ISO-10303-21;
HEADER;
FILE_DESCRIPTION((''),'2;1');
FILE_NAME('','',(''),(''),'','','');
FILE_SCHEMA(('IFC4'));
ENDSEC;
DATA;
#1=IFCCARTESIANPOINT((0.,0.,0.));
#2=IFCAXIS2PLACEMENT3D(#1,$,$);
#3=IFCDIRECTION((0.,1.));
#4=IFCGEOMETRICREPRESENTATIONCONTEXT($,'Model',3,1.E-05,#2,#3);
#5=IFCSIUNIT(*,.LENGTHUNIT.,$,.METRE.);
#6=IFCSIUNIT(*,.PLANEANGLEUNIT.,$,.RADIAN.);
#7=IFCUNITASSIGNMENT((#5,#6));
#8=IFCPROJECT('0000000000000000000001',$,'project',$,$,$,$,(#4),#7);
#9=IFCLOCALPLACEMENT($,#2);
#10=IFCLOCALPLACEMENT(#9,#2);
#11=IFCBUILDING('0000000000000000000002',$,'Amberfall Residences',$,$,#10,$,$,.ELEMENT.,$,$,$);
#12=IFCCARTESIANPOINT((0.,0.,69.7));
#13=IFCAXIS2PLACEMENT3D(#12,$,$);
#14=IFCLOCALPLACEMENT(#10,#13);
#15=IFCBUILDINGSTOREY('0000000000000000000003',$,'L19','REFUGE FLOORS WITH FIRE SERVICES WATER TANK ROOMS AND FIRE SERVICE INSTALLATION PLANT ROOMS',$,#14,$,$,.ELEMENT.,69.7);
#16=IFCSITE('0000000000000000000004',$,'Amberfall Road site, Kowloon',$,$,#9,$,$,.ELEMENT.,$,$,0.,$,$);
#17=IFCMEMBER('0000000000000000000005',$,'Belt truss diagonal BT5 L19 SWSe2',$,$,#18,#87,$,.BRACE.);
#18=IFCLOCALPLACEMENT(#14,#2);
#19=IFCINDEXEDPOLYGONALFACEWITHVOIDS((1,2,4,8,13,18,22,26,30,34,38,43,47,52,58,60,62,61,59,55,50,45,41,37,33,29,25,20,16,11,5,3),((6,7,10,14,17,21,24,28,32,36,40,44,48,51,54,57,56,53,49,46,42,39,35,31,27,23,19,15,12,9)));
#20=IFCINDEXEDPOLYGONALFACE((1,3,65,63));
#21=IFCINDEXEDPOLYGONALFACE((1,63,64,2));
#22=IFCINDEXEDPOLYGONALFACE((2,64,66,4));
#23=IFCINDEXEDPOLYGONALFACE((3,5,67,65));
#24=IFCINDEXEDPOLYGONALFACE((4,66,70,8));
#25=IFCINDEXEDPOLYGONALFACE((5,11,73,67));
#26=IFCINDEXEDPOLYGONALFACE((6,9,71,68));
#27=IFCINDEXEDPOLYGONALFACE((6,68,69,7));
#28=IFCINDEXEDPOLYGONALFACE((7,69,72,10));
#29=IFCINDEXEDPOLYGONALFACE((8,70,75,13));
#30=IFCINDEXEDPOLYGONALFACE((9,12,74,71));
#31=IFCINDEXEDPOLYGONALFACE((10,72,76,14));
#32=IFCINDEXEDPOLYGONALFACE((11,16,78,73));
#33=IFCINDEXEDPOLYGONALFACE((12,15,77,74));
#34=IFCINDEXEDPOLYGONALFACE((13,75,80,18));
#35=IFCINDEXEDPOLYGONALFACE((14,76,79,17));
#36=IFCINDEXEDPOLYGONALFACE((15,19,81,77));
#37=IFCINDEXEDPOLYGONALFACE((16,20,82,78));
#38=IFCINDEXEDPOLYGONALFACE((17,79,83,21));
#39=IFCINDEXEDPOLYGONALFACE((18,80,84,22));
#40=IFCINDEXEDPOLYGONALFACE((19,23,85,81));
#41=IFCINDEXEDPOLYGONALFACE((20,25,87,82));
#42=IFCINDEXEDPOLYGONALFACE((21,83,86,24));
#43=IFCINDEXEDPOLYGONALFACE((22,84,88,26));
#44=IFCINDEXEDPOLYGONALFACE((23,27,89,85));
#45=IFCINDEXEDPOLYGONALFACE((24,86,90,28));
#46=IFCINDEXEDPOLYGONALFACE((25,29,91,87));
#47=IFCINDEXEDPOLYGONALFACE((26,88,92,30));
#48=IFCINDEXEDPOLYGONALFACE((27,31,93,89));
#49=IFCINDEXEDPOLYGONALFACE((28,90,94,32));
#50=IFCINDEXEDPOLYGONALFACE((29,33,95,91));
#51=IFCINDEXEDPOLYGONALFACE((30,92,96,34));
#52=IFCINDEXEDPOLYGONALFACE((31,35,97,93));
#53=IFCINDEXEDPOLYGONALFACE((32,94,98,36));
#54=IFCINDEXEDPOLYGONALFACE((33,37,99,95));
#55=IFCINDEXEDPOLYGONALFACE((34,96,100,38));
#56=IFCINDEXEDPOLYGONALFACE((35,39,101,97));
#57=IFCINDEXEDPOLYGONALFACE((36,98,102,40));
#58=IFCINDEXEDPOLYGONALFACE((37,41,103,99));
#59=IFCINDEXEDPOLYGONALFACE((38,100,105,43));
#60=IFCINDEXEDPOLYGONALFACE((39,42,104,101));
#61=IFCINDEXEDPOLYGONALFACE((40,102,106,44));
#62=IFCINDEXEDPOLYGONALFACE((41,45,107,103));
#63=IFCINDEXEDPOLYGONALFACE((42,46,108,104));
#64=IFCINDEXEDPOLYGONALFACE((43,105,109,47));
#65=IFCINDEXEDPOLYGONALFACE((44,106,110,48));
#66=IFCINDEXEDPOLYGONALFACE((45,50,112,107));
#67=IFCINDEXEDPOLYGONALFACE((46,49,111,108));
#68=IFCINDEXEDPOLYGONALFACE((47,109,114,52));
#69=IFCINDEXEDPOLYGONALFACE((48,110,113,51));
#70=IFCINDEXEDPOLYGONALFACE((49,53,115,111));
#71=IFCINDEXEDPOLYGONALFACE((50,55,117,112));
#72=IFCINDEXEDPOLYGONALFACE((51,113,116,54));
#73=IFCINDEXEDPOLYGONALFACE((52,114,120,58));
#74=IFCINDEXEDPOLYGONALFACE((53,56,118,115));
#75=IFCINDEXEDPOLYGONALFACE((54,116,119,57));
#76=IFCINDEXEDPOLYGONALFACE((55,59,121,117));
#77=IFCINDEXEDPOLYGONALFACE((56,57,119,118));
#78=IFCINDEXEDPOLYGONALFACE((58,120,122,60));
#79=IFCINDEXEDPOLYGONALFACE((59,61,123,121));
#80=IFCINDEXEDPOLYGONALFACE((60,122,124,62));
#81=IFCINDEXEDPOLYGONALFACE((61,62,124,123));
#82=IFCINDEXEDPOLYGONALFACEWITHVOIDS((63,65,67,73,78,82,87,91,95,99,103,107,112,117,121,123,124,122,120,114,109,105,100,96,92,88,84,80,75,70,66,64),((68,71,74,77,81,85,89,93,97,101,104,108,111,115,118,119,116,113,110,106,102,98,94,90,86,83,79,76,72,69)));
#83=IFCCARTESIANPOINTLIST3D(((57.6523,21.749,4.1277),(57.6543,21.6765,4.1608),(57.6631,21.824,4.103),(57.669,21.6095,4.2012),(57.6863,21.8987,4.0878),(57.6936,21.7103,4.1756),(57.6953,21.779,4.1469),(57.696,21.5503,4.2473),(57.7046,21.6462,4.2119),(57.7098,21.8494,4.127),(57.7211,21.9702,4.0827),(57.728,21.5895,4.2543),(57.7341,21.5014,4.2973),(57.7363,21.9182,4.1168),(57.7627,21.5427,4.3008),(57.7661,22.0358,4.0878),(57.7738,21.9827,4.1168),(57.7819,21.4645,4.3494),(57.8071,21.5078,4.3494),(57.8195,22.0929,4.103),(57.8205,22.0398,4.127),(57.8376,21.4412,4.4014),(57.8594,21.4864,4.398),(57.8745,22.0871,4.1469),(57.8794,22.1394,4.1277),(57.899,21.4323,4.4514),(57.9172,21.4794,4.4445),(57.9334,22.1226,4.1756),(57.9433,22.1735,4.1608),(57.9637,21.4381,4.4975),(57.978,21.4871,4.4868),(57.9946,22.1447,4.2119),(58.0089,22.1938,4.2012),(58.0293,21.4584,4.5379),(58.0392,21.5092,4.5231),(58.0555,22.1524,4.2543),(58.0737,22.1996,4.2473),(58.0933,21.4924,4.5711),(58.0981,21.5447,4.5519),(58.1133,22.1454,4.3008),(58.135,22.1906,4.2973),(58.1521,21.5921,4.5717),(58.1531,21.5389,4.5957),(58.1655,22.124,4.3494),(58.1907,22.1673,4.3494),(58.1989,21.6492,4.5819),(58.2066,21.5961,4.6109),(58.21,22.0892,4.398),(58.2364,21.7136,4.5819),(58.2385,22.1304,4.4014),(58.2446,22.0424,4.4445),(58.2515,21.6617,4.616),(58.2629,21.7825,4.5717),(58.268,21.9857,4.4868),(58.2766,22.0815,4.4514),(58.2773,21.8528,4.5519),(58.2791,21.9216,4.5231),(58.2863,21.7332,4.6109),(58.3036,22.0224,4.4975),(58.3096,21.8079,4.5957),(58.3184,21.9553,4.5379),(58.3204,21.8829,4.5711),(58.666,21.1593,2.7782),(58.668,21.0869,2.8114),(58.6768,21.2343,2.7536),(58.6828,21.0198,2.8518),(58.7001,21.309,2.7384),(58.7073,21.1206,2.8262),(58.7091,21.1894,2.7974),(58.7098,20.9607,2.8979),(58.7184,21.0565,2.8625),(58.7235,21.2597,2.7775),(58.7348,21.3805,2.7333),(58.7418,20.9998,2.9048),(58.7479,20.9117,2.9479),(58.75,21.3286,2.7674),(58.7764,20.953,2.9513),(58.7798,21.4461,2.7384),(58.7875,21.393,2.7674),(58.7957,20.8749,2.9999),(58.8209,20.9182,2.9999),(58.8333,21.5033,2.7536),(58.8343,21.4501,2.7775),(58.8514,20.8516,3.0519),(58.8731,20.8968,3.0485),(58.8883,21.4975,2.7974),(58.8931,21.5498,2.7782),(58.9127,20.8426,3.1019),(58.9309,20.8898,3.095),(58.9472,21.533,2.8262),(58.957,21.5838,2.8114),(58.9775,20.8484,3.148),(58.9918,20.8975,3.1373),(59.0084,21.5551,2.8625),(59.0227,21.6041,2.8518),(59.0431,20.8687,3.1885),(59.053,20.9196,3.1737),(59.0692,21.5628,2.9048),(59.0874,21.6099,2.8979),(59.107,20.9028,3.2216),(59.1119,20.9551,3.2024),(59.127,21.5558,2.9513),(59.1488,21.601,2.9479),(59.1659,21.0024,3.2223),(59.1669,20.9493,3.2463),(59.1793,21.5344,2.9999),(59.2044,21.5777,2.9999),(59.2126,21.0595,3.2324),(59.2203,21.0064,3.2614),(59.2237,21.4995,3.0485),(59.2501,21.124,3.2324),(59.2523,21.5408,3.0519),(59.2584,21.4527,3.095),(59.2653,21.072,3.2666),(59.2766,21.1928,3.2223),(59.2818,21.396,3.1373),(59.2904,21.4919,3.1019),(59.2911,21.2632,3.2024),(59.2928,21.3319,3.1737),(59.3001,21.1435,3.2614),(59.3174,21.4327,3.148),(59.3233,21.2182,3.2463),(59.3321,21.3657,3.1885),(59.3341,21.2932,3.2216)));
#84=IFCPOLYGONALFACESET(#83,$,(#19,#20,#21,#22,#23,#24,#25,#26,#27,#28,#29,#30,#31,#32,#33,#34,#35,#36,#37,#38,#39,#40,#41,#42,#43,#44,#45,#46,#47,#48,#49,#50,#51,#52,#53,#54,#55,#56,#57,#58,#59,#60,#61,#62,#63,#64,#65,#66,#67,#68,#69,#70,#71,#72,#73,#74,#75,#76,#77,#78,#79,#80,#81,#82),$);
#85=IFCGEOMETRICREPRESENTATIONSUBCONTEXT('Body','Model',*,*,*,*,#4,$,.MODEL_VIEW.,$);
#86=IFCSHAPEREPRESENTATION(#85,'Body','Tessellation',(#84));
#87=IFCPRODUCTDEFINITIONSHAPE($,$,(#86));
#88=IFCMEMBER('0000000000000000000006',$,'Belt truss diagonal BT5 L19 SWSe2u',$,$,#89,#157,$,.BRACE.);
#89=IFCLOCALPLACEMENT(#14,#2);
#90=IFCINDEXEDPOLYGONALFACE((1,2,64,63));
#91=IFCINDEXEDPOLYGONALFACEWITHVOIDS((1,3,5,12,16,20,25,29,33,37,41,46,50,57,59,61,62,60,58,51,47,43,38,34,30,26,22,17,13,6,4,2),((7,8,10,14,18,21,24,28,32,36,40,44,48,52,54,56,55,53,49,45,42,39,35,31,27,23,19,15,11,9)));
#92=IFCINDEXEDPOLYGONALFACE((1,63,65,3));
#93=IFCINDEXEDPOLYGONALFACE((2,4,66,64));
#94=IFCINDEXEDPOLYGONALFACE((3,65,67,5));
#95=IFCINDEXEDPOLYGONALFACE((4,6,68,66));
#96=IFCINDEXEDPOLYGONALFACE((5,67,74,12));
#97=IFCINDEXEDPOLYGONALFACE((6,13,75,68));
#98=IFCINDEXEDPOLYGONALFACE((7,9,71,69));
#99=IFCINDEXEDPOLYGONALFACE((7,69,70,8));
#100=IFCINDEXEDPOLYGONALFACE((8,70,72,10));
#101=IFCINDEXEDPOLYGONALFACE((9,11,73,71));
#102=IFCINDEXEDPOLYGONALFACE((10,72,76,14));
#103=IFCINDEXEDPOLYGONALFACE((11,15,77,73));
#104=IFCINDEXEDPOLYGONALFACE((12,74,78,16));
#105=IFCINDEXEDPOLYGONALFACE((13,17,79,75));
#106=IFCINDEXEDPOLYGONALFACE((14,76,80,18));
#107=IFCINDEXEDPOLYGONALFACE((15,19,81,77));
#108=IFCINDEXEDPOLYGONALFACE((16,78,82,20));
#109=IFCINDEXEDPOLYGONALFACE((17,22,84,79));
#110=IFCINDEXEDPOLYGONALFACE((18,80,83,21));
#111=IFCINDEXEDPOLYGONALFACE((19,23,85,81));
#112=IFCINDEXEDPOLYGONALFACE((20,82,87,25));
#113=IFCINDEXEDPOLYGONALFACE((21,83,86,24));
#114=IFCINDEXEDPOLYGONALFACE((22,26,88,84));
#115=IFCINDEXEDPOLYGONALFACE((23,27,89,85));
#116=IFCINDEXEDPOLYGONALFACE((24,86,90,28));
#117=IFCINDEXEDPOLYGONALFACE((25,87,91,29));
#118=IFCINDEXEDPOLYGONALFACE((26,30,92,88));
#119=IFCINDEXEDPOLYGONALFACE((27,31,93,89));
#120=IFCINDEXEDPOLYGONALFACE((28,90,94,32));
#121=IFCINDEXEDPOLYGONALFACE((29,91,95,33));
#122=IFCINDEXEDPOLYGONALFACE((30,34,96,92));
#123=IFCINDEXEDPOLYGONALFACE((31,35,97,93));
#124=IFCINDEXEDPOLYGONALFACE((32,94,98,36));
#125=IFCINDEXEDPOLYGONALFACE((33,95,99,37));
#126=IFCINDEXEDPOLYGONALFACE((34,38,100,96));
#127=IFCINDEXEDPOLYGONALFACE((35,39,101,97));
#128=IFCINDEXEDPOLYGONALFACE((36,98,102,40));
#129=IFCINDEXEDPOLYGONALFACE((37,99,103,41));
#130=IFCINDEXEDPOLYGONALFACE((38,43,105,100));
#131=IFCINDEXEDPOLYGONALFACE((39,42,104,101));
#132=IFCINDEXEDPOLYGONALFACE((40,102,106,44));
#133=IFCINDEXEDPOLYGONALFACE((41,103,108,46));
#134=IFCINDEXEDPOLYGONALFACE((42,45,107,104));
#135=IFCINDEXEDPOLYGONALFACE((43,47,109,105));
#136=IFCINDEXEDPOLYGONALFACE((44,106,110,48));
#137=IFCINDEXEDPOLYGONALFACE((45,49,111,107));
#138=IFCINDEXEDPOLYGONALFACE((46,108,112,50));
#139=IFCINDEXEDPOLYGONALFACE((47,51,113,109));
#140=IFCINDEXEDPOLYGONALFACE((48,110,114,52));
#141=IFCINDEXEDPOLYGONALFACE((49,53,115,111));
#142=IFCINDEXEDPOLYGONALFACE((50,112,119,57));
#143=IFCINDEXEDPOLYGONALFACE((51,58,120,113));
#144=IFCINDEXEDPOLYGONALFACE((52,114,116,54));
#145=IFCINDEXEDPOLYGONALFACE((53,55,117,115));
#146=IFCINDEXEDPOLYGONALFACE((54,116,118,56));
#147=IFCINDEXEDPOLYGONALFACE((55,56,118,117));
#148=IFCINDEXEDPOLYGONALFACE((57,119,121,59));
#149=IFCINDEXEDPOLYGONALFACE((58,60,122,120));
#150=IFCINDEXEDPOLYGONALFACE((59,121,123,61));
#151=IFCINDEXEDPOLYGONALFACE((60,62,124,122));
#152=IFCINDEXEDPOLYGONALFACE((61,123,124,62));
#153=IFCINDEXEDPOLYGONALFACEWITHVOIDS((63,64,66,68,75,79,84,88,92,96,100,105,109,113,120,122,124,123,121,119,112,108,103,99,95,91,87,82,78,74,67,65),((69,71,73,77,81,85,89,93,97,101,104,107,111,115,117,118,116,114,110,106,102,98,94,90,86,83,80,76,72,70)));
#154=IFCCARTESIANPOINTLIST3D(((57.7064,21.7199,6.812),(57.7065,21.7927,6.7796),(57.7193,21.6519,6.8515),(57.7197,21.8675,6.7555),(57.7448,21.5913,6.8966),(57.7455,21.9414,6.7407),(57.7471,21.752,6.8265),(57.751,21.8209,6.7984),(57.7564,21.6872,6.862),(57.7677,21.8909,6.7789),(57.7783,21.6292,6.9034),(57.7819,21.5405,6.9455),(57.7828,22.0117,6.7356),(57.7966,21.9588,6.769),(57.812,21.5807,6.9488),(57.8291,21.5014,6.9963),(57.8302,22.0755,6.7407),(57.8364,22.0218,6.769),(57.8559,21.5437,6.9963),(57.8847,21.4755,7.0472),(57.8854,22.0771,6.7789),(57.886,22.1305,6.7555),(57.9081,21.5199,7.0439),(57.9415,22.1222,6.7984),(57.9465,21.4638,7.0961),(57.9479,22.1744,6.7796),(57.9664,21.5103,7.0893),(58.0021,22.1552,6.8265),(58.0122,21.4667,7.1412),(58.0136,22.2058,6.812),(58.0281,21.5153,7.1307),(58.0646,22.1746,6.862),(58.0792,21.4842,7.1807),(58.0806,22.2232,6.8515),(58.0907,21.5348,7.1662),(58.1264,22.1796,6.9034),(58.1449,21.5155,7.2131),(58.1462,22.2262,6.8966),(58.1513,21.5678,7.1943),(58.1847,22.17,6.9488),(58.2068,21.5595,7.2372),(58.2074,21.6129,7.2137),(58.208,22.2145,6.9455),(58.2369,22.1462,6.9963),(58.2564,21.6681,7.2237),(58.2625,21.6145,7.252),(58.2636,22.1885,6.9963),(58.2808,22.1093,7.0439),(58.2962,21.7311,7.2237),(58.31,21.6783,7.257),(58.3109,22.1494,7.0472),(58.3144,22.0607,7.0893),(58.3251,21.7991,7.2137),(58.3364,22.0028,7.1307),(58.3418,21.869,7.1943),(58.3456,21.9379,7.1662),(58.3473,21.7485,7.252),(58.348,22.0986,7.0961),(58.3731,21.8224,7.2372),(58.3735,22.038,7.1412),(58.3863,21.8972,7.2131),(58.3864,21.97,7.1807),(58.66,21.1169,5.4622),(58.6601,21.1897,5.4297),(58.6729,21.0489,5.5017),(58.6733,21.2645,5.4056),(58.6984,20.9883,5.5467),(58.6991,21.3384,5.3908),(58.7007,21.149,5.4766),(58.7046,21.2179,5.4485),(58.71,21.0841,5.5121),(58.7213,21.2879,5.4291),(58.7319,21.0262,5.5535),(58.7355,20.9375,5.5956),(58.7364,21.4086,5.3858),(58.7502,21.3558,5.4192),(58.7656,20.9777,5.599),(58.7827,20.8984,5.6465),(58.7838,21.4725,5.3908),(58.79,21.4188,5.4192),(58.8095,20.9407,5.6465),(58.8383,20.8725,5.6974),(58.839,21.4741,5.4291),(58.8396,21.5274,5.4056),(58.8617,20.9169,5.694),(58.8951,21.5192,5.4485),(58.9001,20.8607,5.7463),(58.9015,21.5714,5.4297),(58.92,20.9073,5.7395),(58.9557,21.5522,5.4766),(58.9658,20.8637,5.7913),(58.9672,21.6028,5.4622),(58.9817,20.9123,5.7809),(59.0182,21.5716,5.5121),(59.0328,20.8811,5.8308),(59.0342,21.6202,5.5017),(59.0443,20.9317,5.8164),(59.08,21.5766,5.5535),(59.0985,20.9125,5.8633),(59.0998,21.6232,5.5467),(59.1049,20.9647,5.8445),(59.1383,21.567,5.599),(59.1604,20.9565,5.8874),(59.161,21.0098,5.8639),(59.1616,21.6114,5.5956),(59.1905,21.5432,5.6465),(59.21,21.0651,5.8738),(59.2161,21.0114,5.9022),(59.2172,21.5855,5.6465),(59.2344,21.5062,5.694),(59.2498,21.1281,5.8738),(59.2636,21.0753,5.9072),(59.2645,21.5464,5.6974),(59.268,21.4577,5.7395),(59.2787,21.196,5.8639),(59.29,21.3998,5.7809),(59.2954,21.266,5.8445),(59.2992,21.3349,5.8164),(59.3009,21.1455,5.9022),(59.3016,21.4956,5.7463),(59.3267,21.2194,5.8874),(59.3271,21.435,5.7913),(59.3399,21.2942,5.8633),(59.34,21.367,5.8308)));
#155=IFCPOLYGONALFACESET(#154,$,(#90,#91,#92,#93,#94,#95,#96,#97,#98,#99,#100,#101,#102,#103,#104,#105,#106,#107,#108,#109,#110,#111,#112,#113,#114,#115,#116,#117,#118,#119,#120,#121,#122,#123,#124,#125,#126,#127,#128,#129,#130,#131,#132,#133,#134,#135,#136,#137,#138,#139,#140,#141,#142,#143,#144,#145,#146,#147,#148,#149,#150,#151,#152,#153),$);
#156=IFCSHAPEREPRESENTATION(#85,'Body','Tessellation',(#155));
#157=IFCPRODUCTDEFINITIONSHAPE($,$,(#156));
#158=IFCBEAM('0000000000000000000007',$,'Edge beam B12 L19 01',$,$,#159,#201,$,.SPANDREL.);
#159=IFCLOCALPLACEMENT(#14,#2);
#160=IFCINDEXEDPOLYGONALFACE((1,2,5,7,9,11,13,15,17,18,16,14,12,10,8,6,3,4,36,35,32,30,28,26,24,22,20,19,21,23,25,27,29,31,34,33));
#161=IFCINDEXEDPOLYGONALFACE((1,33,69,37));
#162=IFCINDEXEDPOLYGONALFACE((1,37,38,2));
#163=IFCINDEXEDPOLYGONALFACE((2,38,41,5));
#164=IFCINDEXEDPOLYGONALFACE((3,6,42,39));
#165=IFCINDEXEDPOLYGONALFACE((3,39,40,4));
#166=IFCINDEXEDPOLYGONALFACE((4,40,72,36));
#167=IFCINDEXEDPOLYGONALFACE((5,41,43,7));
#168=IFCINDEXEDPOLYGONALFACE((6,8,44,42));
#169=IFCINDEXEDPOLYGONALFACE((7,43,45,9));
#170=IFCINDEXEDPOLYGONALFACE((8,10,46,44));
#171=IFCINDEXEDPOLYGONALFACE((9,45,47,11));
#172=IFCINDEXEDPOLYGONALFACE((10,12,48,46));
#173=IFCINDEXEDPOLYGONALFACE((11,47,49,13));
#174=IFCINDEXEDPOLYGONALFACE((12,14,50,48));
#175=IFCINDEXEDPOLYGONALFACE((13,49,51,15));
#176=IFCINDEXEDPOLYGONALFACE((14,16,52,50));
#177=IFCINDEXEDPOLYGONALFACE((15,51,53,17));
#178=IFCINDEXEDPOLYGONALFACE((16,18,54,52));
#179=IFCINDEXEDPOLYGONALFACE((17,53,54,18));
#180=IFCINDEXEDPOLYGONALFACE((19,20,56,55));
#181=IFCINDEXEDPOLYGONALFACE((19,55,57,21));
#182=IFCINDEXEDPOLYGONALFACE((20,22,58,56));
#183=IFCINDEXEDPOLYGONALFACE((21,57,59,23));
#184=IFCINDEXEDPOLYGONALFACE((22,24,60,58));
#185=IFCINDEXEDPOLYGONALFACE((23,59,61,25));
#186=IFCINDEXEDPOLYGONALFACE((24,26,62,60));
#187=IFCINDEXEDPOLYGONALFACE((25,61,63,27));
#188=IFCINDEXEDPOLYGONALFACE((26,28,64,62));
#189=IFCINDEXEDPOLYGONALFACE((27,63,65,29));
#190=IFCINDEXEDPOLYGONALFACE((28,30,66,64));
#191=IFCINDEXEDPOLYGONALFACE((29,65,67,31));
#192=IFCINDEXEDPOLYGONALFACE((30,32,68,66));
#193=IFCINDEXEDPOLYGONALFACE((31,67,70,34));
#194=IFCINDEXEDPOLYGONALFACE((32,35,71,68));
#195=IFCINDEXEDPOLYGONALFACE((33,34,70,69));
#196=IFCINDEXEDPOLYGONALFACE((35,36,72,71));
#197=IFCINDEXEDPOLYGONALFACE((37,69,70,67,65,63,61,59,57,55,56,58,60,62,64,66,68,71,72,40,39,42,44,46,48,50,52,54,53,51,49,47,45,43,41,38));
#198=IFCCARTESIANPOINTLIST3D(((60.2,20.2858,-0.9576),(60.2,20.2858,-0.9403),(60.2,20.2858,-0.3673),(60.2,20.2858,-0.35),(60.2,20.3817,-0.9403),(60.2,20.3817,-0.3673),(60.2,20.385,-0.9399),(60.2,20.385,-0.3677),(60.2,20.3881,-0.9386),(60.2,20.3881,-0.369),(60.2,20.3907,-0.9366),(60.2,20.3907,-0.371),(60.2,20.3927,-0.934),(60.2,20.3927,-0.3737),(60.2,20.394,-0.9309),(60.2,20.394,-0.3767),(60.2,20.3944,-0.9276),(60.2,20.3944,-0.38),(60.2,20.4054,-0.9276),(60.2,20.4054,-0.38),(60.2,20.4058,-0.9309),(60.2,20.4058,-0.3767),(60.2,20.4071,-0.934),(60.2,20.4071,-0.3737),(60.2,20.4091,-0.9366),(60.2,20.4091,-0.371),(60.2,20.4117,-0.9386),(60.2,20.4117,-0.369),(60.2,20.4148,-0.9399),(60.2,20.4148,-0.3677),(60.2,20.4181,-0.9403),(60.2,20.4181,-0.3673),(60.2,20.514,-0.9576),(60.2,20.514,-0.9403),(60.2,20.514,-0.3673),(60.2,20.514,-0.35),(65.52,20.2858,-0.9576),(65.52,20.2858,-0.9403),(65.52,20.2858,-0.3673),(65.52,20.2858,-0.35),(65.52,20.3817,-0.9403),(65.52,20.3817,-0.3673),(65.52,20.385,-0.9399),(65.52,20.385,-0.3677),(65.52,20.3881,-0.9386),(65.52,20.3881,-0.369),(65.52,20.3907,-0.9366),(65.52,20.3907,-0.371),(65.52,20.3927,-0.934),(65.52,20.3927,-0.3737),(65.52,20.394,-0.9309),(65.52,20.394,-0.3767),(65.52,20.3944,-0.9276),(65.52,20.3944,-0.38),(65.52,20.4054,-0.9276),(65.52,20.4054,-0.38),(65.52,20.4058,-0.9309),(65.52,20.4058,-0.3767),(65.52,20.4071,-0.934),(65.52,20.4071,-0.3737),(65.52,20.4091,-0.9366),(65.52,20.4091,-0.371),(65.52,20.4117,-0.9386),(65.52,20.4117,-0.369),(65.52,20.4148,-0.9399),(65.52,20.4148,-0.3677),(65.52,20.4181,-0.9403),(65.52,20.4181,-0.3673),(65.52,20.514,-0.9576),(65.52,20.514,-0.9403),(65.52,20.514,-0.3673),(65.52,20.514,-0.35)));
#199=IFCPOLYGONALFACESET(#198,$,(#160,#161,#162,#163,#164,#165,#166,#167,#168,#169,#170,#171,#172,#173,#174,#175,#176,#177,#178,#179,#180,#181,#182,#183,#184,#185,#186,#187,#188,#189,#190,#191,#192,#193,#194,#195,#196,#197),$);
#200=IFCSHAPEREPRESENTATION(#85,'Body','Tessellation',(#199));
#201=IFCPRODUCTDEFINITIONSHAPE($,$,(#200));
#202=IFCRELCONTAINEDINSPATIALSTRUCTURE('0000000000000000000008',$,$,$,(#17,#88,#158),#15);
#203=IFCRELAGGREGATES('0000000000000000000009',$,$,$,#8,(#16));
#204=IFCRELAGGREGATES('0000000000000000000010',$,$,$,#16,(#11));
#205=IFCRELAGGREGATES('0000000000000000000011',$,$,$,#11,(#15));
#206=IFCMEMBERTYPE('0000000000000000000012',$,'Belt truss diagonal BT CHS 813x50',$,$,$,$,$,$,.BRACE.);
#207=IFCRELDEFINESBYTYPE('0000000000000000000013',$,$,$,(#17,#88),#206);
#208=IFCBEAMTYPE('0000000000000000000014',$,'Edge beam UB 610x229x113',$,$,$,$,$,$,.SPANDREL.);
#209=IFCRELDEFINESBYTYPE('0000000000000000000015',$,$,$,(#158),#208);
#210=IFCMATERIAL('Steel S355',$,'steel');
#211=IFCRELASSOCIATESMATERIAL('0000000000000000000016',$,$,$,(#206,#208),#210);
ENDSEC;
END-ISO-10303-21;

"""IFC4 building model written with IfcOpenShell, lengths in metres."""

from ifc_helpers import new_model, si_unit, direction, frame, origin, origin_2d, place, context, subcontext, project, spatial, hollow_circle, i_section, extrude, material, material_profile, profile_set, type_object, element, save


model = new_model("IFC4")

# Units and contexts
model_context = context("Model", 3, precision=1e-05, world=origin(), true_north=direction((0.0, 1.0)))
body_context = subcontext(model_context, "Body", "Model", "MODEL_VIEW")
ifc_project = project(units=[si_unit("LENGTHUNIT", "METRE"), si_unit("PLANEANGLEUNIT", "RADIAN")], contexts=[model_context])

# Site, building, storey
site_placement = place(None, origin())
site = spatial("IfcSite", under=ifc_project, at=site_placement, Name="Amberfall Road site, Kowloon", CompositionType="ELEMENT", RefElevation=0.0)
building_placement = place(site_placement, origin())
building = spatial("IfcBuilding", under=site, at=building_placement, Name="Amberfall Residences", CompositionType="ELEMENT")
storey_placement = place(building_placement, frame((0.0, 0.0, 69.7)))
storey = spatial("IfcBuildingStorey", under=building, at=storey_placement, Name="L19", Description="REFUGE FLOORS WITH FIRE SERVICES WATER TANK ROOMS AND FIRE SERVICE INSTALLATION PLANT ROOMS", CompositionType="ELEMENT", Elevation=69.7)

# Shared definitions
ifc_material_1 = material(Name="Steel S355", Category="steel")

# Members
ifc_material_profile_1 = material_profile(ifc_material_1, hollow_circle(Radius=0.4065, WallThickness=0.05, at=origin_2d()), Name="CHS 813x50")
ifc_profile_set_1 = profile_set([ifc_material_profile_1], Name="Steel S355")
member_type_1 = type_object("IfcMemberType", Name="Belt truss diagonal BT CHS 813x50", PredefinedType="BRACE", material=ifc_profile_set_1)
member_1_placement = place(storey_placement, frame((57.9863, 21.8159, 4.3494), z_axis=(0.567019, -0.329805, -0.754796), x_axis=(0.502783, 0.864413, 0.0)))
element("IfcMember", 1, at=member_1_placement, inside=storey, type_object=member_type_1, Name="Belt truss diagonal BT5 L19 SWSe2", PredefinedType="BRACE", context=body_context, shape_type="SweptSolid", body=[
    extrude(hollow_circle(Radius=0.4065, WallThickness=0.05, at=origin_2d()), origin(), (0.0, 0.0, 1.0), 1.7878),
])
member_2_placement = place(storey_placement, frame((58.0464, 21.845, 6.9963), z_axis=(0.542042, -0.342766, -0.767269), x_axis=(0.534465, 0.845191, 0.0)))
element("IfcMember", 2, at=member_2_placement, inside=storey, type_object=member_type_1, Name="Belt truss diagonal BT5 L19 SWSe2u", PredefinedType="BRACE", context=body_context, shape_type="SweptSolid", body=[
    extrude(hollow_circle(Radius=0.4065, WallThickness=0.05, at=origin_2d()), origin(), (0.0, 0.0, 1.0), 1.7593),
])

# Beam
ifc_material_profile_2 = material_profile(ifc_material_1, i_section(OverallWidth=0.2283, OverallDepth=0.6077, WebThickness=0.011, FlangeThickness=0.0173, FilletRadius=0.0127, at=origin_2d()), Name="UB 610x229x113")
ifc_profile_set_2 = profile_set([ifc_material_profile_2], Name="Steel S355")
beam_type_1 = type_object("IfcBeamType", Name="Edge beam UB 610x229x113", PredefinedType="SPANDREL", material=ifc_profile_set_2)
beam_1_placement = place(storey_placement, frame((60.2, 20.3999, -0.6538), z_axis=(1.0, 0.0, 0.0), x_axis=(0.0, 1.0, 0.0)))
element("IfcBeam", 3, at=beam_1_placement, inside=storey, type_object=beam_type_1, Name="Edge beam B12 L19 01", PredefinedType="SPANDREL", context=body_context, shape_type="SweptSolid", body=[
    extrude(i_section(OverallWidth=0.2283, OverallDepth=0.6077, WebThickness=0.011, FlangeThickness=0.0173, FilletRadius=0.0127, at=origin_2d()), origin(), (0.0, 0.0, 1.0), 5.3201),
])

save(model, "model.ifc")
